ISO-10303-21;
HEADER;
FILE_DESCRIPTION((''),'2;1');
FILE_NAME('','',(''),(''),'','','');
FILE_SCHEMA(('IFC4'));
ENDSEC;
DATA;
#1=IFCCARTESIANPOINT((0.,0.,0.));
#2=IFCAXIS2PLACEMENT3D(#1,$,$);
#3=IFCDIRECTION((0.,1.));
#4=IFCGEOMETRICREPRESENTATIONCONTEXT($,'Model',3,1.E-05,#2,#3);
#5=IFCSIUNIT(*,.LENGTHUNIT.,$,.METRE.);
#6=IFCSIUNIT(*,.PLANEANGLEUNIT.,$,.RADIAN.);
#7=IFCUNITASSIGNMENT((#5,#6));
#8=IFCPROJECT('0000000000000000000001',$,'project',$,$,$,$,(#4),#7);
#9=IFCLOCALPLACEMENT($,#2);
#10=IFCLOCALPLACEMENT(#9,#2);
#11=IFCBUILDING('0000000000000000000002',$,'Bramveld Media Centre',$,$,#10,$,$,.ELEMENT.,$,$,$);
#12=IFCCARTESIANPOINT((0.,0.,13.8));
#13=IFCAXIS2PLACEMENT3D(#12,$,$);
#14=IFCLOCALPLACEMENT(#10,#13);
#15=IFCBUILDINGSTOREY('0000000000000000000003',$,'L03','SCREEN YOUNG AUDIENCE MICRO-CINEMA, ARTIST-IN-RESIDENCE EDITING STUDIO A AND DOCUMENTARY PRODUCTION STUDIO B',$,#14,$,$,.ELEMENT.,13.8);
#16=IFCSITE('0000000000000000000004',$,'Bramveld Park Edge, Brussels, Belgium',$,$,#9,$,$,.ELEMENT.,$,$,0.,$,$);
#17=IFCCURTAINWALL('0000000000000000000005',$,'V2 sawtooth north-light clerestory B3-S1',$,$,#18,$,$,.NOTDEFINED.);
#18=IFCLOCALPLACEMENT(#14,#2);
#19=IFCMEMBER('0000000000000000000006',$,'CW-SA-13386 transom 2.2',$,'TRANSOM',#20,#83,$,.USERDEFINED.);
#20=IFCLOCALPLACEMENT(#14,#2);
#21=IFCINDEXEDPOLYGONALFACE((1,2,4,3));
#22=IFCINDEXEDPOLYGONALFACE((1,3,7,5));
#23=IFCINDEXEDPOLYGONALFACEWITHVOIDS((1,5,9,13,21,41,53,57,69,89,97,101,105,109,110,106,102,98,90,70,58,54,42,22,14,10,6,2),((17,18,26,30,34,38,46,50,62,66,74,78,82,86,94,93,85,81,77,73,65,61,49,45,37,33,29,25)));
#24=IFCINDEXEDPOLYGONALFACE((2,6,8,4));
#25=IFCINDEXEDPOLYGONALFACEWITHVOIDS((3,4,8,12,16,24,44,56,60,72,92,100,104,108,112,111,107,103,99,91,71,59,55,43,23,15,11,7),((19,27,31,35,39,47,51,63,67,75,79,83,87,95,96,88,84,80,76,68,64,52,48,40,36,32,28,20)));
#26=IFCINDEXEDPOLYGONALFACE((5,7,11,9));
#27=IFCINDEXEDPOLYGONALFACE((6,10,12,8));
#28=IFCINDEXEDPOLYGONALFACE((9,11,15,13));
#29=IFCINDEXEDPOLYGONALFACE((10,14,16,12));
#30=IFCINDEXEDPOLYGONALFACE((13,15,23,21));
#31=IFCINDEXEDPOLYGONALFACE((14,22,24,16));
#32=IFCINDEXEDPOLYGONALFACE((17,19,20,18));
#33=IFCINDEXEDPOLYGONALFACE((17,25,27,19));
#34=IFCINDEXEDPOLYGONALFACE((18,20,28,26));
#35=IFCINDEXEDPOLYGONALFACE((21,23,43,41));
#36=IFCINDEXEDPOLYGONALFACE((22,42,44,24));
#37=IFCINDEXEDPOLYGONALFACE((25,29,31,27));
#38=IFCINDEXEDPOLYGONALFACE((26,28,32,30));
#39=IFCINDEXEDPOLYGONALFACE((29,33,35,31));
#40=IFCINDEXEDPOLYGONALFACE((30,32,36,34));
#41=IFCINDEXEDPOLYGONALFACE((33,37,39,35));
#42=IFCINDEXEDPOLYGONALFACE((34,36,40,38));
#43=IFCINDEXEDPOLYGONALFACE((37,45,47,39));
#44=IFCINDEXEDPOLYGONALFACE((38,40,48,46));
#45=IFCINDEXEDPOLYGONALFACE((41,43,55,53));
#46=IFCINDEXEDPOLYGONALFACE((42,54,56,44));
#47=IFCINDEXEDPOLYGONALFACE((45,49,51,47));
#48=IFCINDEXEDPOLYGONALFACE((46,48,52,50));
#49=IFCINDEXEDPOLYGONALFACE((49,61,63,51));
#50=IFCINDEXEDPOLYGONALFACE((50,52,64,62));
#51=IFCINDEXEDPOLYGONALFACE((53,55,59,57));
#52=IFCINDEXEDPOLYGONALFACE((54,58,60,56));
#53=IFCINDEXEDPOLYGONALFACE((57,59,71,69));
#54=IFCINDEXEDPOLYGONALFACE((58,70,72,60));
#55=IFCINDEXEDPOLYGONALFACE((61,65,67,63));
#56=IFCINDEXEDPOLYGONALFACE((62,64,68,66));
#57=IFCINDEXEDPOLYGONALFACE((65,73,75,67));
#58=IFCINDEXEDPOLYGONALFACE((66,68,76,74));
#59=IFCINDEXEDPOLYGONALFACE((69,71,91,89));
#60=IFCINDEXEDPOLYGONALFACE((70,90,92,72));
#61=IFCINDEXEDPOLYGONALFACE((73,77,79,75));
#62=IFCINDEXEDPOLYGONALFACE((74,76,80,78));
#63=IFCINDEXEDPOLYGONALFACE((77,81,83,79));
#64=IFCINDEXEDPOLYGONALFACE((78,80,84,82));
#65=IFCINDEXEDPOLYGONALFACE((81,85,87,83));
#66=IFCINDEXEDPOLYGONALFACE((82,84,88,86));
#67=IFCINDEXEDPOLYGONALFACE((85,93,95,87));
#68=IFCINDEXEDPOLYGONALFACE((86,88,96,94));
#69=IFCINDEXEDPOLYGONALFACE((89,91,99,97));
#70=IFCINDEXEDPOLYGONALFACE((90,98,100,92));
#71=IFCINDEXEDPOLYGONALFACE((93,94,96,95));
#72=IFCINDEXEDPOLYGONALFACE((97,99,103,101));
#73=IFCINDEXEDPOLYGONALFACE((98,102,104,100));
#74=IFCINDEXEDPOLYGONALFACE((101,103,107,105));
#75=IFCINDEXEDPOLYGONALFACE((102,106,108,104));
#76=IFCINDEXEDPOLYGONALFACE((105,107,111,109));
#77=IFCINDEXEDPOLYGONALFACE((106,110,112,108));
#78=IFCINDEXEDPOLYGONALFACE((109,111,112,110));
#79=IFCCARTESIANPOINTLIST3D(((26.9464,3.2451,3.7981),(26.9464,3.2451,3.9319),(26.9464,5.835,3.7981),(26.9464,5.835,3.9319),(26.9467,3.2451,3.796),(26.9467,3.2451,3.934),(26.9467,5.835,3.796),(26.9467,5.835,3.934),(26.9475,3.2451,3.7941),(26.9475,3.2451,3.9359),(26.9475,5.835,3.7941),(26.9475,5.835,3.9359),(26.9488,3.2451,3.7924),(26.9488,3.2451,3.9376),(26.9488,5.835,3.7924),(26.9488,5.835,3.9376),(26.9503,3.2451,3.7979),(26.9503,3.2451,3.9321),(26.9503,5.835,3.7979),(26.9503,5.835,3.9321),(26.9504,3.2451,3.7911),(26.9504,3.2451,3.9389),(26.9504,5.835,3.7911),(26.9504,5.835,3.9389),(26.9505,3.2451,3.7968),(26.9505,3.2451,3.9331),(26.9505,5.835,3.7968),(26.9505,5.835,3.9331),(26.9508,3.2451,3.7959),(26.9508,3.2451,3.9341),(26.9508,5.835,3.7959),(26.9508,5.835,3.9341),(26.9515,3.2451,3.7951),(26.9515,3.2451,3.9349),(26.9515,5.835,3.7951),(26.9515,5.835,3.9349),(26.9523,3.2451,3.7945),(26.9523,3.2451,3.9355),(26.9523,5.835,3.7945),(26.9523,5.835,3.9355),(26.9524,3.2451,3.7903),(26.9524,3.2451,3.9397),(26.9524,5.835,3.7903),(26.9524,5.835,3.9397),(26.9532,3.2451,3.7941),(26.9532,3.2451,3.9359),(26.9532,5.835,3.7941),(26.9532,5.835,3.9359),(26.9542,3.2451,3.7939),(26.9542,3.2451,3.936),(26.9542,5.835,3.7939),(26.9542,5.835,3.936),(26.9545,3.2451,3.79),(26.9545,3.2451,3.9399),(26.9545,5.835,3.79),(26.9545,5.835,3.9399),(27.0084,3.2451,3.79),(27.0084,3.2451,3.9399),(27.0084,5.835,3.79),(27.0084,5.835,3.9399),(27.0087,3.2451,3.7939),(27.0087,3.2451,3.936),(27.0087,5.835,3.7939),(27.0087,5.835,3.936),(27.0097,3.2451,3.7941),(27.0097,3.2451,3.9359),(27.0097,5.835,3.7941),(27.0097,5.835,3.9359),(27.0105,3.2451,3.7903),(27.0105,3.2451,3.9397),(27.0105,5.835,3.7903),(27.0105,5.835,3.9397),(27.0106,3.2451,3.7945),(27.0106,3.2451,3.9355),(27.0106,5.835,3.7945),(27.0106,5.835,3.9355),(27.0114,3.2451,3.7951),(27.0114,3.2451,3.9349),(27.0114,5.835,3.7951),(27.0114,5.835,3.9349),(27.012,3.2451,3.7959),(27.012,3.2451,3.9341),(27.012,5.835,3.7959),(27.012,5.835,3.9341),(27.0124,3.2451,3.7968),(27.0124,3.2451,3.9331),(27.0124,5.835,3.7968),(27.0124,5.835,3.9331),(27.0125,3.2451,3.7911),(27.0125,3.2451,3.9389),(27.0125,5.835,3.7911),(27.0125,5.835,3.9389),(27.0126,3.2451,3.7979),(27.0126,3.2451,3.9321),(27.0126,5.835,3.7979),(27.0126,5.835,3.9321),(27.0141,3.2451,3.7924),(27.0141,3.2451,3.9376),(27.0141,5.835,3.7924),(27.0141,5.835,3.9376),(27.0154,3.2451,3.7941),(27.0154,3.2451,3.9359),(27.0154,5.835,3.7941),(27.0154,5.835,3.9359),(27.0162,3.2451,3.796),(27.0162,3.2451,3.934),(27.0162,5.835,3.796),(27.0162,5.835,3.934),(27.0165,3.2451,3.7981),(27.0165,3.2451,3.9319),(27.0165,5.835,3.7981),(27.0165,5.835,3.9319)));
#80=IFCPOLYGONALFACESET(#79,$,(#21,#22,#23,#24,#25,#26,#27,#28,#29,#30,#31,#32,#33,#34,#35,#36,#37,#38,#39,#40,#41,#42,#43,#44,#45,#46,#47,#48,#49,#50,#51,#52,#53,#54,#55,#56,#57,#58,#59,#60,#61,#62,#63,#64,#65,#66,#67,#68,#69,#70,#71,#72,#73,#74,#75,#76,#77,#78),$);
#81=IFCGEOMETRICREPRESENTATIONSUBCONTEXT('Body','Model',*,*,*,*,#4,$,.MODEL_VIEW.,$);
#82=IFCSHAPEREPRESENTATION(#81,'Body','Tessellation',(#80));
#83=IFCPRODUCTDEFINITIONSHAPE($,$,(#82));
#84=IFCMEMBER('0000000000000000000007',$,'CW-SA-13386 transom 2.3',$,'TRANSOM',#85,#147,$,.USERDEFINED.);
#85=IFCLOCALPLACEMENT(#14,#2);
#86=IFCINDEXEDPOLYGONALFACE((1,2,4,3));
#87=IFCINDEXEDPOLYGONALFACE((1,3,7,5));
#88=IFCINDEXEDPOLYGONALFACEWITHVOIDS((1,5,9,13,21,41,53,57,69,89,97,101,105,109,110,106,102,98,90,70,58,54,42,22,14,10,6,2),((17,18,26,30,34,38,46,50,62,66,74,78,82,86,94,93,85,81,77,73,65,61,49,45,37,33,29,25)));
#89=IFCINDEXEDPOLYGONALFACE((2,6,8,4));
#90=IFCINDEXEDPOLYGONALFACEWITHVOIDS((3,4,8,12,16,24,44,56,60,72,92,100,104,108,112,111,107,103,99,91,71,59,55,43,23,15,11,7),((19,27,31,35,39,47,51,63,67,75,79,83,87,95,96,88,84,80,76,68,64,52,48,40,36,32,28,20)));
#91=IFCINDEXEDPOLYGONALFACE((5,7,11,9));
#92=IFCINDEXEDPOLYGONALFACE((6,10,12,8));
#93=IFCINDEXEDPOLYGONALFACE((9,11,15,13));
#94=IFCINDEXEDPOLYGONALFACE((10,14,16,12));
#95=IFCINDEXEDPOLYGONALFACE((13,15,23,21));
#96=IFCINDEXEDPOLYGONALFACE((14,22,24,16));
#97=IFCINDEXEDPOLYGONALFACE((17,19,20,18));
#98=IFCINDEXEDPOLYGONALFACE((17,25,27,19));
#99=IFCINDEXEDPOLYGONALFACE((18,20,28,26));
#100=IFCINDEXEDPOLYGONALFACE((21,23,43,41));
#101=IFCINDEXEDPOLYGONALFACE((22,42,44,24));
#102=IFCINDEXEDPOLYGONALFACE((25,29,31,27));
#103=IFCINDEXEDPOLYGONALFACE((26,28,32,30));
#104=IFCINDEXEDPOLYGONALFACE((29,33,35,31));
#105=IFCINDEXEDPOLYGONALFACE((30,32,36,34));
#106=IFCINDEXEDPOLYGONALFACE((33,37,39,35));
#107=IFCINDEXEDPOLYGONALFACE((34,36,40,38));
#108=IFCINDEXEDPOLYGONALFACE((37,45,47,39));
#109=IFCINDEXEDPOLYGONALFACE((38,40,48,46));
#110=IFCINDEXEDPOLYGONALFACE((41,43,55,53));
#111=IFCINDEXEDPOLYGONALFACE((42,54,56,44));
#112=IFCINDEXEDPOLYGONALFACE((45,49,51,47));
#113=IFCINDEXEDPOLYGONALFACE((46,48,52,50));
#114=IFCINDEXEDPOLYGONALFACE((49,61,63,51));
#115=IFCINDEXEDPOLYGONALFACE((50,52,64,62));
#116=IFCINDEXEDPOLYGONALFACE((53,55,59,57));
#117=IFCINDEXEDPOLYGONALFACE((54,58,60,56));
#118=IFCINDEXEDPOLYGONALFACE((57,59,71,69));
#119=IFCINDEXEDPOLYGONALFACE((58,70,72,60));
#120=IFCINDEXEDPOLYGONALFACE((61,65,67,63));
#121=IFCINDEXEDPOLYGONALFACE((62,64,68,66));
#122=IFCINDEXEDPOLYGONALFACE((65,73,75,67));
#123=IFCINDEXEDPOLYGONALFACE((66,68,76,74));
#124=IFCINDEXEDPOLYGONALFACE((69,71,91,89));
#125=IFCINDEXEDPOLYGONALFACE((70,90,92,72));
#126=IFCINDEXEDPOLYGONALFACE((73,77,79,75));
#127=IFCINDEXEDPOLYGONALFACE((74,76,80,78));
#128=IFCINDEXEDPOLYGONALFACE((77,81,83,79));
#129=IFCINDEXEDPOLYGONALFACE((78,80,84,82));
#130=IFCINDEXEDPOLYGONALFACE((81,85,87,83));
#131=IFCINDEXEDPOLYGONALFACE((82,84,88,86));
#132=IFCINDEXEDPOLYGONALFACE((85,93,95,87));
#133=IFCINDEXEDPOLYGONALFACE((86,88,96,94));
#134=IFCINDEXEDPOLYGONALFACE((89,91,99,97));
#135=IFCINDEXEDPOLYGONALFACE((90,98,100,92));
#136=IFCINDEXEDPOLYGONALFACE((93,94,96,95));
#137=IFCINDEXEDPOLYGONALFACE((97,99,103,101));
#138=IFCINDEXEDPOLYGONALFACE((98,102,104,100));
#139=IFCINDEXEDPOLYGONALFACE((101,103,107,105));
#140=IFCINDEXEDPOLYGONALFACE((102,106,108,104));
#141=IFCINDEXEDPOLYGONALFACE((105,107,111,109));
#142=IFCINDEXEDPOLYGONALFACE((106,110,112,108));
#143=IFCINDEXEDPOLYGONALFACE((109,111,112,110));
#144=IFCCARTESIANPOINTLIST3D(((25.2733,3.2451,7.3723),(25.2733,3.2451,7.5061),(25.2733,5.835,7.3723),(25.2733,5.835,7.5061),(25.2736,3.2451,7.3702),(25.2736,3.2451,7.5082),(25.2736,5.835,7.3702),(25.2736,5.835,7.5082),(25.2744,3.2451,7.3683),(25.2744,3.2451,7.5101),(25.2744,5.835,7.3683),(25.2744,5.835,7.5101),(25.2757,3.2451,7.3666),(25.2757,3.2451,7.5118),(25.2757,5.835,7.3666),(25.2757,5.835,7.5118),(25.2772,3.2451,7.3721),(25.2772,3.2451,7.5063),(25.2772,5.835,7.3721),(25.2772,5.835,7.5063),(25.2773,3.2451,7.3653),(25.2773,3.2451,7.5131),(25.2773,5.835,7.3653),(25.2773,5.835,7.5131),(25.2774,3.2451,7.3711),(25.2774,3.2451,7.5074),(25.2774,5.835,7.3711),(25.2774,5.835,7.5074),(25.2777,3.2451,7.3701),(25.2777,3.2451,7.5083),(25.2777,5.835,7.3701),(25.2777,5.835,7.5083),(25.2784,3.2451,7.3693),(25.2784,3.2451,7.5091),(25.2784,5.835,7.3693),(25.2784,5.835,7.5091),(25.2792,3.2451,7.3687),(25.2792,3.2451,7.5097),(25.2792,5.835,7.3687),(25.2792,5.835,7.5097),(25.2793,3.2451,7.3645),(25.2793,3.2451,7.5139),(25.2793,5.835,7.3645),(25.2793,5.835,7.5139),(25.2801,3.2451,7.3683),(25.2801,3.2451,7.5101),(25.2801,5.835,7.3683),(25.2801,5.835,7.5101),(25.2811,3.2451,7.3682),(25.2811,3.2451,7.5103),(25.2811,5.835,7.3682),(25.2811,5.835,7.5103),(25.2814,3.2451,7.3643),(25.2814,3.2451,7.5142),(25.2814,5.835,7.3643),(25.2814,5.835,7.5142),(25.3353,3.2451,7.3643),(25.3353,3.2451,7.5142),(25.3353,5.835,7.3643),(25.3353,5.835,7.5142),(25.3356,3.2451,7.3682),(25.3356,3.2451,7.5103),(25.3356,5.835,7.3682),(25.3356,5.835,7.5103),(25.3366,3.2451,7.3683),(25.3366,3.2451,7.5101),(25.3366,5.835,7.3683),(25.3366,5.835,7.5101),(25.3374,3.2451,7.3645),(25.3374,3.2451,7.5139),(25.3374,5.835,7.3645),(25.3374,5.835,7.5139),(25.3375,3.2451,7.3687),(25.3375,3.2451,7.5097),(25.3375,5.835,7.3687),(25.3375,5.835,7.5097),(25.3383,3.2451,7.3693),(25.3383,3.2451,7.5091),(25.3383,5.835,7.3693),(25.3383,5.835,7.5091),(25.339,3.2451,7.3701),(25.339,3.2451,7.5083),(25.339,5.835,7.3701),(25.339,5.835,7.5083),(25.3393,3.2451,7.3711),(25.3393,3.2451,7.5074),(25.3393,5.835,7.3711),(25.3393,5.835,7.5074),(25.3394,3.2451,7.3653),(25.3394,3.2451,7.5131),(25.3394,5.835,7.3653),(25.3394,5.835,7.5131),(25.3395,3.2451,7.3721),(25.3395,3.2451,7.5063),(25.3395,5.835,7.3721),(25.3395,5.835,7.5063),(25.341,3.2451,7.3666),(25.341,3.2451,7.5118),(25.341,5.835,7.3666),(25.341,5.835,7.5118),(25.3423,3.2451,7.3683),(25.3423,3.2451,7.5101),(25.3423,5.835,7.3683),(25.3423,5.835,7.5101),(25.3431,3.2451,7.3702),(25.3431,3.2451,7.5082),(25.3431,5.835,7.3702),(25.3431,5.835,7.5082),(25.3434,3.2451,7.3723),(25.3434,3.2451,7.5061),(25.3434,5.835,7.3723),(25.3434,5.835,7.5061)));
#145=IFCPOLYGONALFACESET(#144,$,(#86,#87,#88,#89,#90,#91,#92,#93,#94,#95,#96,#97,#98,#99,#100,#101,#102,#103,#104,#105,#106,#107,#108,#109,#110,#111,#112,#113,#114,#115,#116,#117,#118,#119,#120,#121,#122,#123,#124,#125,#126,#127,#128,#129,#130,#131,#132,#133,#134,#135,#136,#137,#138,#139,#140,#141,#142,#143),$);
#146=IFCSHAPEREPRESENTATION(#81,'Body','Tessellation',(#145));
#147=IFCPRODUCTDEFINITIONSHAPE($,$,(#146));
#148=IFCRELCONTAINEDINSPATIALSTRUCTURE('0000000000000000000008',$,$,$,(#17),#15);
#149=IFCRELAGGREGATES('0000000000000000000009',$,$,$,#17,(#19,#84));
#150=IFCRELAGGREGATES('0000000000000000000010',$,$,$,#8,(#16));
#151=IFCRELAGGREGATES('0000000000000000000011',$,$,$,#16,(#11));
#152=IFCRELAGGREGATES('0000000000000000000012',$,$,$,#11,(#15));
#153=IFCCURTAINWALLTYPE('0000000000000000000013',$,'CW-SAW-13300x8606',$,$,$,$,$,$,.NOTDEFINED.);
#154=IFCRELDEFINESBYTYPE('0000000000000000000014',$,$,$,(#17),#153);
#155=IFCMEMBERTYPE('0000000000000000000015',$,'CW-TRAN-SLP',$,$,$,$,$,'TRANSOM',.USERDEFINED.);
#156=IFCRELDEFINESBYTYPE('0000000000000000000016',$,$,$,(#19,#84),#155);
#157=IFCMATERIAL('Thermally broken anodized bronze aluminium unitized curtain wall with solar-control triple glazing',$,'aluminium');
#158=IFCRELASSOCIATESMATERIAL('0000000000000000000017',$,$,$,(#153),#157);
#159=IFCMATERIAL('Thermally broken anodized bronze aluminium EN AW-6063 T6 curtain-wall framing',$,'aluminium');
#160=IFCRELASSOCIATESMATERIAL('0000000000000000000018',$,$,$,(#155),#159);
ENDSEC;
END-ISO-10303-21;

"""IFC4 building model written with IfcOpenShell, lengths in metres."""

from ifc_helpers import new_model, si_unit, direction, frame, origin, origin_2d, place, context, subcontext, project, spatial, hollow_rectangle, extrude, material, material_profile, profile_set, type_object, element, aggregate, save


model = new_model("IFC4")

# Units and contexts
model_context = context("Model", 3, precision=1e-05, world=origin(), true_north=direction((0.0, 1.0)))
body_context = subcontext(model_context, "Body", "Model", "MODEL_VIEW")
ifc_project = project(units=[si_unit("LENGTHUNIT", "METRE"), si_unit("PLANEANGLEUNIT", "RADIAN")], contexts=[model_context])

# Site, building, storey
site_placement = place(None, origin())
site = spatial("IfcSite", under=ifc_project, at=site_placement, Name="Bramveld Park Edge, Brussels, Belgium", CompositionType="ELEMENT", RefElevation=0.0)
building_placement = place(site_placement, origin())
building = spatial("IfcBuilding", under=site, at=building_placement, Name="Bramveld Media Centre", CompositionType="ELEMENT")
storey_placement = place(building_placement, frame((0.0, 0.0, 13.8)))
storey = spatial("IfcBuildingStorey", under=building, at=storey_placement, Name="L03", Description="SCREEN YOUNG AUDIENCE MICRO-CINEMA, ARTIST-IN-RESIDENCE EDITING STUDIO A AND DOCUMENTARY PRODUCTION STUDIO B", CompositionType="ELEMENT", Elevation=13.8)

# Curtain wall, members
ifc_material_1 = material(Name="Thermally broken anodized bronze aluminium unitized curtain wall with solar-control triple glazing", Category="aluminium")
curtain_wall_type = type_object("IfcCurtainWallType", Name="CW-SAW-13300x8606", PredefinedType="NOTDEFINED", material=ifc_material_1)
curtain_wall_placement = place(storey_placement, origin())
curtain_wall = element("IfcCurtainWall", 1, at=curtain_wall_placement, inside=storey, type_object=curtain_wall_type, Name="V2 sawtooth north-light clerestory B3-S1", PredefinedType="NOTDEFINED")
ifc_material_2 = material(Name="Thermally broken anodized bronze aluminium EN AW-6063 T6 curtain-wall framing", Category="aluminium")
ifc_material_profile_1 = material_profile(ifc_material_2, hollow_rectangle(XDim=0.0701, YDim=0.1499, WallThickness=0.0039, InnerFilletRadius=0.0039, OuterFilletRadius=0.0081, at=origin_2d()), Name="AL-TRAN 70x150")
ifc_profile_set_1 = profile_set([ifc_material_profile_1], Name="Thermally broken anodized bronze aluminium EN AW-6063 T6 curtain-wall framing")
member_type = type_object("IfcMemberType", Name="CW-TRAN-SLP", ElementType="TRANSOM", PredefinedType="USERDEFINED", material=ifc_profile_set_1)
member_1_placement = place(storey_placement, frame((26.9814, 3.2451, 3.865), z_axis=(0.0, 1.0, 0.0), x_axis=(-1.0, 0.0, 0.0)))
member_1 = element("IfcMember", 2, at=member_1_placement, type_object=member_type, Name="CW-SA-13386 transom 2.2", ObjectType="TRANSOM", PredefinedType="USERDEFINED", context=body_context, shape_type="SweptSolid", body=[
    extrude(hollow_rectangle(XDim=0.0701, YDim=0.1499, WallThickness=0.0039, InnerFilletRadius=0.0039, OuterFilletRadius=0.0081, at=origin_2d()), origin(), (0.0, 0.0, 1.0), 2.5898),
])
member_2_placement = place(storey_placement, frame((25.3083, 3.2451, 7.4392), z_axis=(0.0, 1.0, 0.0), x_axis=(-1.0, 0.0, 0.0)))
member_2 = element("IfcMember", 3, at=member_2_placement, type_object=member_type, Name="CW-SA-13386 transom 2.3", ObjectType="TRANSOM", PredefinedType="USERDEFINED", context=body_context, shape_type="SweptSolid", body=[
    extrude(hollow_rectangle(XDim=0.0701, YDim=0.1499, WallThickness=0.0039, InnerFilletRadius=0.0039, OuterFilletRadius=0.0081, at=origin_2d()), origin(), (0.0, 0.0, 1.0), 2.5898),
])

aggregate(curtain_wall, [member_1, member_2])

save(model, "model.ifc")
